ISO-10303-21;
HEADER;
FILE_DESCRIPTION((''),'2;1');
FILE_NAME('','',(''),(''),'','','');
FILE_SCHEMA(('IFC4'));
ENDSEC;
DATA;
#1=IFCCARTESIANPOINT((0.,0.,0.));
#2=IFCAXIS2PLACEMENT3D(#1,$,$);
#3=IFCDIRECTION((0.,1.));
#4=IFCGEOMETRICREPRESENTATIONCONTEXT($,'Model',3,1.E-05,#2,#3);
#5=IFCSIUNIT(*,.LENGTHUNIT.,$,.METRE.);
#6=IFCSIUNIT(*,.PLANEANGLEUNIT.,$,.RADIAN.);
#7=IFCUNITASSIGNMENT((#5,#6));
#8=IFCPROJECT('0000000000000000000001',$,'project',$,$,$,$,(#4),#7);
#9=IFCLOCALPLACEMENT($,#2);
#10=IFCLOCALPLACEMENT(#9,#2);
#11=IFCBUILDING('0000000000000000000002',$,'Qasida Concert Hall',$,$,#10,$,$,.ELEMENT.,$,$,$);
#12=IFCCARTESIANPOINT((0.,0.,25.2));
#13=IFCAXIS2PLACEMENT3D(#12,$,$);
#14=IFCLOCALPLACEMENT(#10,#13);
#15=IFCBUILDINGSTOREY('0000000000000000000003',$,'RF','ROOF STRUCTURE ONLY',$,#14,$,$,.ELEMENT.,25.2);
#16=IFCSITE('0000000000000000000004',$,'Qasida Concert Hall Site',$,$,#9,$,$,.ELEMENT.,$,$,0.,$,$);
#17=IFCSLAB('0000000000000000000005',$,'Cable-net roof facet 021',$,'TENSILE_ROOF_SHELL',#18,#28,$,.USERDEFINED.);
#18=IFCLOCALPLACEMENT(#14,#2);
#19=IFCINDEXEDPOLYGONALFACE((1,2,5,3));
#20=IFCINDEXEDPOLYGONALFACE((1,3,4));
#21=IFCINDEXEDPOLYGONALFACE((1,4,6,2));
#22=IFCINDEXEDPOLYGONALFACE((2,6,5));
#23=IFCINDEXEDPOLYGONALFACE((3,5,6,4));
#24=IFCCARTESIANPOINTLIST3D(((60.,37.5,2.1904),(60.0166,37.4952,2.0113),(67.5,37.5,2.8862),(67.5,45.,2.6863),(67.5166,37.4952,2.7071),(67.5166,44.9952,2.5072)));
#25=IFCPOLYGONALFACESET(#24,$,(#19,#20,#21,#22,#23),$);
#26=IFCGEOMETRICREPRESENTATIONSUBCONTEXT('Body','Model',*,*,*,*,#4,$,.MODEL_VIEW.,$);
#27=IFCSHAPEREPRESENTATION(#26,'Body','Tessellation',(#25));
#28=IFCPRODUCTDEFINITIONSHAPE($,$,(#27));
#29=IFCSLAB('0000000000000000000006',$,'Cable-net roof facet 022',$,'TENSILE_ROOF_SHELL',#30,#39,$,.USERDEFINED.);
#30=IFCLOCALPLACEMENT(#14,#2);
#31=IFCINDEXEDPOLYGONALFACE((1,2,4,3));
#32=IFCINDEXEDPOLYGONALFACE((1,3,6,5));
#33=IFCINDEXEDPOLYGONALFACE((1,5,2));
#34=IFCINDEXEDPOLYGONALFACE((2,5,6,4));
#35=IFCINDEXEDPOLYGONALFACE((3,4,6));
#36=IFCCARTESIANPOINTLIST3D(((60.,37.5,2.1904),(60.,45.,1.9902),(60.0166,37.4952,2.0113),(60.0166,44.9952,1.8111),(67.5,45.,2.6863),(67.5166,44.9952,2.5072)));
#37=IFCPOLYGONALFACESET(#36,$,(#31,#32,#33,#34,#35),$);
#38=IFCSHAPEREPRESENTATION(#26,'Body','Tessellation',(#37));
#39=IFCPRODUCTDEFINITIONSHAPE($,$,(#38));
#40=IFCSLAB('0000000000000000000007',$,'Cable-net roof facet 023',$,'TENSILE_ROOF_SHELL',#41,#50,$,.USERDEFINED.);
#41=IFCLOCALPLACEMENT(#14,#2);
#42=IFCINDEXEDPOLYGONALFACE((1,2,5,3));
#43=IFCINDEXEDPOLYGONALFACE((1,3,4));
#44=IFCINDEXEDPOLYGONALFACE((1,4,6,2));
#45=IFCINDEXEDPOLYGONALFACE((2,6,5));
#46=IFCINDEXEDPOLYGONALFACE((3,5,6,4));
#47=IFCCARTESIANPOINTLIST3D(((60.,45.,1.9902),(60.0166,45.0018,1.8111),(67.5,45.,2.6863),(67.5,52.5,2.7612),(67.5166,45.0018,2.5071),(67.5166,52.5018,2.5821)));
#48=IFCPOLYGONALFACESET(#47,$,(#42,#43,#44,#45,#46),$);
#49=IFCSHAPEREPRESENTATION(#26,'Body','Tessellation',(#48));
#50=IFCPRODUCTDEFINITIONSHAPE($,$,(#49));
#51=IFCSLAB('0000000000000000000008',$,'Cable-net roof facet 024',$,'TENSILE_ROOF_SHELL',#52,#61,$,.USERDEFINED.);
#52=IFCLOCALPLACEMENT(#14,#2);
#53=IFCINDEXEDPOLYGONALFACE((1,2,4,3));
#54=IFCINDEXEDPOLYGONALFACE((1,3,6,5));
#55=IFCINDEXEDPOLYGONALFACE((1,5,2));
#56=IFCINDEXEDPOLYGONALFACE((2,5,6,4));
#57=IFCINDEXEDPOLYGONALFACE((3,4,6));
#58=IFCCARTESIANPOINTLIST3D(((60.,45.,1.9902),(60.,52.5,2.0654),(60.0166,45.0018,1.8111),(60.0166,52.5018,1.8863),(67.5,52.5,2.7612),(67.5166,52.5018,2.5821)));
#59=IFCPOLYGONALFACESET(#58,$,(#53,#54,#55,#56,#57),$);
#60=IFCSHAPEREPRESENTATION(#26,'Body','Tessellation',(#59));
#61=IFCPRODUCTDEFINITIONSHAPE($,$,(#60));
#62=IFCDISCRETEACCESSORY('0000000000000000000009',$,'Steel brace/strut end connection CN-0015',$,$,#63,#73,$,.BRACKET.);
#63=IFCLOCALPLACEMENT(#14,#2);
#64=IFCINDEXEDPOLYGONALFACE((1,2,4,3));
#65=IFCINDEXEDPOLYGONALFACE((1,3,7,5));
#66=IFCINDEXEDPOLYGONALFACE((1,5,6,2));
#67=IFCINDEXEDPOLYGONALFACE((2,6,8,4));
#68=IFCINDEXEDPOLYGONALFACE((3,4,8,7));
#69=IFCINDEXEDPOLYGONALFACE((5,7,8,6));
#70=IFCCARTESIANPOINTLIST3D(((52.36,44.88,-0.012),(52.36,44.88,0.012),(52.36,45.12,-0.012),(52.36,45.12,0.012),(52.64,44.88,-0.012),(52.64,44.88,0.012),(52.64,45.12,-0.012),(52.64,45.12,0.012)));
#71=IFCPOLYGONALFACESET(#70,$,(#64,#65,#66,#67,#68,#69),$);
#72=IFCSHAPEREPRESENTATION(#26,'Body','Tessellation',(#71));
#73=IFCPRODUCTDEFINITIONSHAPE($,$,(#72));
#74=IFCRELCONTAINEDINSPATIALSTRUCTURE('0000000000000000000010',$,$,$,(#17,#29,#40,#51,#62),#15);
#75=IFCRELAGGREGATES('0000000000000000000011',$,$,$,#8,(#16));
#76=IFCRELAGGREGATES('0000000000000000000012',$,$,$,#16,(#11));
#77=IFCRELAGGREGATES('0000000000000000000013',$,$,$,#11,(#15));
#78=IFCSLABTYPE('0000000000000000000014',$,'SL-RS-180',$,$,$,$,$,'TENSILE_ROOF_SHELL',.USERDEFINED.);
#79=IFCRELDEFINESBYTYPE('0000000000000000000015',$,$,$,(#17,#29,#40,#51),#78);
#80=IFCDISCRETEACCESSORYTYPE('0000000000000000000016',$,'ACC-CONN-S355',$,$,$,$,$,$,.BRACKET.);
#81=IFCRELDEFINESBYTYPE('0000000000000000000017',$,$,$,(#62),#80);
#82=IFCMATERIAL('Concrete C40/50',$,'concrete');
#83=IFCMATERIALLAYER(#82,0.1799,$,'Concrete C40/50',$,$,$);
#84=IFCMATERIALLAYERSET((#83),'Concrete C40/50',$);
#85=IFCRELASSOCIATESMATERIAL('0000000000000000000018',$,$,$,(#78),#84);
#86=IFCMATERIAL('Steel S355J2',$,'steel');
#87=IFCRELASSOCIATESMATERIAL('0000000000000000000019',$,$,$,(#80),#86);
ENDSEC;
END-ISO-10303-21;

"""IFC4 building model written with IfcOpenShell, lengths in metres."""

from ifc_helpers import new_model, si_unit, direction, frame, origin, origin_2d, place, context, subcontext, project, spatial, polyline, rectangle, outline, extrude, material, layer, layer_set, type_object, element, save


model = new_model("IFC4")

# Units and contexts
model_context = context("Model", 3, precision=1e-05, world=origin(), true_north=direction((0.0, 1.0)))
body_context = subcontext(model_context, "Body", "Model", "MODEL_VIEW")
ifc_project = project(units=[si_unit("LENGTHUNIT", "METRE"), si_unit("PLANEANGLEUNIT", "RADIAN")], contexts=[model_context])

# Site, building, storey
site_placement = place(None, origin())
site = spatial("IfcSite", under=ifc_project, at=site_placement, Name="Qasida Concert Hall Site", CompositionType="ELEMENT", RefElevation=0.0)
building_placement = place(site_placement, origin())
building = spatial("IfcBuilding", under=site, at=building_placement, Name="Qasida Concert Hall", CompositionType="ELEMENT")
storey_placement = place(building_placement, frame((0.0, 0.0, 25.2)))
storey = spatial("IfcBuildingStorey", under=building, at=storey_placement, Name="RF", Description="ROOF STRUCTURE ONLY", CompositionType="ELEMENT", Elevation=25.2)

# Shared definitions
ifc_material_1 = material(Name="Steel S355J2", Category="steel")

# Slabs
ifc_material_2 = material(Name="Concrete C40/50", Category="concrete")
ifc_layer_1 = layer(ifc_material_2, 0.1799, Name="Concrete C40/50")
ifc_layer_set_1 = layer_set([ifc_layer_1], Name="Concrete C40/50")
slab_type = type_object("IfcSlabType", Name="SL-RS-180", ElementType="TENSILE_ROOF_SHELL", PredefinedType="USERDEFINED", material=ifc_layer_set_1)
slab_1_placement = place(storey_placement, frame((60.0, 37.5, 2.1904), z_axis=(-0.092344, 0.026537, 0.995373), x_axis=(0.995724, 0.0, 0.092377)))
element("IfcSlab", 1, at=slab_1_placement, inside=storey, type_object=slab_type, Name="Cable-net roof facet 021", ObjectType="TENSILE_ROOF_SHELL", PredefinedType="USERDEFINED", context=body_context, shape_type="SweptSolid", body=[
    extrude(outline(polyline([(0.0, 0.0), (7.5322, 0.0), (7.5137, 7.5026), (0.0, 0.0)])), origin(), (0.0, 0.0, -1.0), 0.1799),
])
slab_2_placement = place(storey_placement, frame((60.0, 37.5, 2.1904), z_axis=(-0.092376, 0.026569, 0.99537), x_axis=(0.706335, 0.706335, 0.046698)))
element("IfcSlab", 2, at=slab_2_placement, inside=storey, type_object=slab_type, Name="Cable-net roof facet 022", ObjectType="TENSILE_ROOF_SHELL", PredefinedType="USERDEFINED", context=body_context, shape_type="SweptSolid", body=[
    extrude(outline(polyline([(0.0, 0.0), (10.6182, 0.0), (5.2882, 5.3222), (0.0, 0.0)])), origin(), (0.0, 0.0, -1.0), 0.1799),
])
slab_3_placement = place(storey_placement, frame((60.0, 45.0, 1.9902), z_axis=(-0.092404, -0.00995, 0.995672), x_axis=(0.995721, 0.0, 0.092409)))
element("IfcSlab", 3, at=slab_3_placement, inside=storey, type_object=slab_type, Name="Cable-net roof facet 023", ObjectType="TENSILE_ROOF_SHELL", PredefinedType="USERDEFINED", context=body_context, shape_type="SweptSolid", body=[
    extrude(outline(polyline([(0.0, 0.0), (7.5322, 0.0), (7.5392, 7.5004), (0.0, 0.0)])), origin(), (0.0, 0.0, -1.0), 0.1799),
])
slab_4_placement = place(storey_placement, frame((60.0, 45.0, 1.9902), z_axis=(-0.092372, -0.009983, 0.995675), x_axis=(0.705246, 0.705246, 0.072499)))
element("IfcSlab", 4, at=slab_4_placement, inside=storey, type_object=slab_type, Name="Cable-net roof facet 024", ObjectType="TENSILE_ROOF_SHELL", PredefinedType="USERDEFINED", context=body_context, shape_type="SweptSolid", body=[
    extrude(outline(polyline([(0.0, 0.0), (10.6346, 0.0), (5.2948, 5.3123), (0.0, 0.0)])), origin(), (0.0, 0.0, -1.0), 0.1799),
])

# Discrete accessory
discrete_accessory_type = type_object("IfcDiscreteAccessoryType", Name="ACC-CONN-S355", PredefinedType="BRACKET", material=ifc_material_1)
discrete_accessory_placement = place(storey_placement, frame((52.5, 45.0, -0.012), z_axis=(0.0, 0.0, 1.0), x_axis=(1.0, 0.0, 0.0)))
element("IfcDiscreteAccessory", 5, at=discrete_accessory_placement, inside=storey, type_object=discrete_accessory_type, Name="Steel brace/strut end connection CN-0015", PredefinedType="BRACKET", context=body_context, shape_type="SweptSolid", body=[
    extrude(rectangle(XDim=0.28, YDim=0.24, at=origin_2d()), origin(), (0.0, 0.0, 1.0), 0.0239),
])

save(model, "model.ifc")
